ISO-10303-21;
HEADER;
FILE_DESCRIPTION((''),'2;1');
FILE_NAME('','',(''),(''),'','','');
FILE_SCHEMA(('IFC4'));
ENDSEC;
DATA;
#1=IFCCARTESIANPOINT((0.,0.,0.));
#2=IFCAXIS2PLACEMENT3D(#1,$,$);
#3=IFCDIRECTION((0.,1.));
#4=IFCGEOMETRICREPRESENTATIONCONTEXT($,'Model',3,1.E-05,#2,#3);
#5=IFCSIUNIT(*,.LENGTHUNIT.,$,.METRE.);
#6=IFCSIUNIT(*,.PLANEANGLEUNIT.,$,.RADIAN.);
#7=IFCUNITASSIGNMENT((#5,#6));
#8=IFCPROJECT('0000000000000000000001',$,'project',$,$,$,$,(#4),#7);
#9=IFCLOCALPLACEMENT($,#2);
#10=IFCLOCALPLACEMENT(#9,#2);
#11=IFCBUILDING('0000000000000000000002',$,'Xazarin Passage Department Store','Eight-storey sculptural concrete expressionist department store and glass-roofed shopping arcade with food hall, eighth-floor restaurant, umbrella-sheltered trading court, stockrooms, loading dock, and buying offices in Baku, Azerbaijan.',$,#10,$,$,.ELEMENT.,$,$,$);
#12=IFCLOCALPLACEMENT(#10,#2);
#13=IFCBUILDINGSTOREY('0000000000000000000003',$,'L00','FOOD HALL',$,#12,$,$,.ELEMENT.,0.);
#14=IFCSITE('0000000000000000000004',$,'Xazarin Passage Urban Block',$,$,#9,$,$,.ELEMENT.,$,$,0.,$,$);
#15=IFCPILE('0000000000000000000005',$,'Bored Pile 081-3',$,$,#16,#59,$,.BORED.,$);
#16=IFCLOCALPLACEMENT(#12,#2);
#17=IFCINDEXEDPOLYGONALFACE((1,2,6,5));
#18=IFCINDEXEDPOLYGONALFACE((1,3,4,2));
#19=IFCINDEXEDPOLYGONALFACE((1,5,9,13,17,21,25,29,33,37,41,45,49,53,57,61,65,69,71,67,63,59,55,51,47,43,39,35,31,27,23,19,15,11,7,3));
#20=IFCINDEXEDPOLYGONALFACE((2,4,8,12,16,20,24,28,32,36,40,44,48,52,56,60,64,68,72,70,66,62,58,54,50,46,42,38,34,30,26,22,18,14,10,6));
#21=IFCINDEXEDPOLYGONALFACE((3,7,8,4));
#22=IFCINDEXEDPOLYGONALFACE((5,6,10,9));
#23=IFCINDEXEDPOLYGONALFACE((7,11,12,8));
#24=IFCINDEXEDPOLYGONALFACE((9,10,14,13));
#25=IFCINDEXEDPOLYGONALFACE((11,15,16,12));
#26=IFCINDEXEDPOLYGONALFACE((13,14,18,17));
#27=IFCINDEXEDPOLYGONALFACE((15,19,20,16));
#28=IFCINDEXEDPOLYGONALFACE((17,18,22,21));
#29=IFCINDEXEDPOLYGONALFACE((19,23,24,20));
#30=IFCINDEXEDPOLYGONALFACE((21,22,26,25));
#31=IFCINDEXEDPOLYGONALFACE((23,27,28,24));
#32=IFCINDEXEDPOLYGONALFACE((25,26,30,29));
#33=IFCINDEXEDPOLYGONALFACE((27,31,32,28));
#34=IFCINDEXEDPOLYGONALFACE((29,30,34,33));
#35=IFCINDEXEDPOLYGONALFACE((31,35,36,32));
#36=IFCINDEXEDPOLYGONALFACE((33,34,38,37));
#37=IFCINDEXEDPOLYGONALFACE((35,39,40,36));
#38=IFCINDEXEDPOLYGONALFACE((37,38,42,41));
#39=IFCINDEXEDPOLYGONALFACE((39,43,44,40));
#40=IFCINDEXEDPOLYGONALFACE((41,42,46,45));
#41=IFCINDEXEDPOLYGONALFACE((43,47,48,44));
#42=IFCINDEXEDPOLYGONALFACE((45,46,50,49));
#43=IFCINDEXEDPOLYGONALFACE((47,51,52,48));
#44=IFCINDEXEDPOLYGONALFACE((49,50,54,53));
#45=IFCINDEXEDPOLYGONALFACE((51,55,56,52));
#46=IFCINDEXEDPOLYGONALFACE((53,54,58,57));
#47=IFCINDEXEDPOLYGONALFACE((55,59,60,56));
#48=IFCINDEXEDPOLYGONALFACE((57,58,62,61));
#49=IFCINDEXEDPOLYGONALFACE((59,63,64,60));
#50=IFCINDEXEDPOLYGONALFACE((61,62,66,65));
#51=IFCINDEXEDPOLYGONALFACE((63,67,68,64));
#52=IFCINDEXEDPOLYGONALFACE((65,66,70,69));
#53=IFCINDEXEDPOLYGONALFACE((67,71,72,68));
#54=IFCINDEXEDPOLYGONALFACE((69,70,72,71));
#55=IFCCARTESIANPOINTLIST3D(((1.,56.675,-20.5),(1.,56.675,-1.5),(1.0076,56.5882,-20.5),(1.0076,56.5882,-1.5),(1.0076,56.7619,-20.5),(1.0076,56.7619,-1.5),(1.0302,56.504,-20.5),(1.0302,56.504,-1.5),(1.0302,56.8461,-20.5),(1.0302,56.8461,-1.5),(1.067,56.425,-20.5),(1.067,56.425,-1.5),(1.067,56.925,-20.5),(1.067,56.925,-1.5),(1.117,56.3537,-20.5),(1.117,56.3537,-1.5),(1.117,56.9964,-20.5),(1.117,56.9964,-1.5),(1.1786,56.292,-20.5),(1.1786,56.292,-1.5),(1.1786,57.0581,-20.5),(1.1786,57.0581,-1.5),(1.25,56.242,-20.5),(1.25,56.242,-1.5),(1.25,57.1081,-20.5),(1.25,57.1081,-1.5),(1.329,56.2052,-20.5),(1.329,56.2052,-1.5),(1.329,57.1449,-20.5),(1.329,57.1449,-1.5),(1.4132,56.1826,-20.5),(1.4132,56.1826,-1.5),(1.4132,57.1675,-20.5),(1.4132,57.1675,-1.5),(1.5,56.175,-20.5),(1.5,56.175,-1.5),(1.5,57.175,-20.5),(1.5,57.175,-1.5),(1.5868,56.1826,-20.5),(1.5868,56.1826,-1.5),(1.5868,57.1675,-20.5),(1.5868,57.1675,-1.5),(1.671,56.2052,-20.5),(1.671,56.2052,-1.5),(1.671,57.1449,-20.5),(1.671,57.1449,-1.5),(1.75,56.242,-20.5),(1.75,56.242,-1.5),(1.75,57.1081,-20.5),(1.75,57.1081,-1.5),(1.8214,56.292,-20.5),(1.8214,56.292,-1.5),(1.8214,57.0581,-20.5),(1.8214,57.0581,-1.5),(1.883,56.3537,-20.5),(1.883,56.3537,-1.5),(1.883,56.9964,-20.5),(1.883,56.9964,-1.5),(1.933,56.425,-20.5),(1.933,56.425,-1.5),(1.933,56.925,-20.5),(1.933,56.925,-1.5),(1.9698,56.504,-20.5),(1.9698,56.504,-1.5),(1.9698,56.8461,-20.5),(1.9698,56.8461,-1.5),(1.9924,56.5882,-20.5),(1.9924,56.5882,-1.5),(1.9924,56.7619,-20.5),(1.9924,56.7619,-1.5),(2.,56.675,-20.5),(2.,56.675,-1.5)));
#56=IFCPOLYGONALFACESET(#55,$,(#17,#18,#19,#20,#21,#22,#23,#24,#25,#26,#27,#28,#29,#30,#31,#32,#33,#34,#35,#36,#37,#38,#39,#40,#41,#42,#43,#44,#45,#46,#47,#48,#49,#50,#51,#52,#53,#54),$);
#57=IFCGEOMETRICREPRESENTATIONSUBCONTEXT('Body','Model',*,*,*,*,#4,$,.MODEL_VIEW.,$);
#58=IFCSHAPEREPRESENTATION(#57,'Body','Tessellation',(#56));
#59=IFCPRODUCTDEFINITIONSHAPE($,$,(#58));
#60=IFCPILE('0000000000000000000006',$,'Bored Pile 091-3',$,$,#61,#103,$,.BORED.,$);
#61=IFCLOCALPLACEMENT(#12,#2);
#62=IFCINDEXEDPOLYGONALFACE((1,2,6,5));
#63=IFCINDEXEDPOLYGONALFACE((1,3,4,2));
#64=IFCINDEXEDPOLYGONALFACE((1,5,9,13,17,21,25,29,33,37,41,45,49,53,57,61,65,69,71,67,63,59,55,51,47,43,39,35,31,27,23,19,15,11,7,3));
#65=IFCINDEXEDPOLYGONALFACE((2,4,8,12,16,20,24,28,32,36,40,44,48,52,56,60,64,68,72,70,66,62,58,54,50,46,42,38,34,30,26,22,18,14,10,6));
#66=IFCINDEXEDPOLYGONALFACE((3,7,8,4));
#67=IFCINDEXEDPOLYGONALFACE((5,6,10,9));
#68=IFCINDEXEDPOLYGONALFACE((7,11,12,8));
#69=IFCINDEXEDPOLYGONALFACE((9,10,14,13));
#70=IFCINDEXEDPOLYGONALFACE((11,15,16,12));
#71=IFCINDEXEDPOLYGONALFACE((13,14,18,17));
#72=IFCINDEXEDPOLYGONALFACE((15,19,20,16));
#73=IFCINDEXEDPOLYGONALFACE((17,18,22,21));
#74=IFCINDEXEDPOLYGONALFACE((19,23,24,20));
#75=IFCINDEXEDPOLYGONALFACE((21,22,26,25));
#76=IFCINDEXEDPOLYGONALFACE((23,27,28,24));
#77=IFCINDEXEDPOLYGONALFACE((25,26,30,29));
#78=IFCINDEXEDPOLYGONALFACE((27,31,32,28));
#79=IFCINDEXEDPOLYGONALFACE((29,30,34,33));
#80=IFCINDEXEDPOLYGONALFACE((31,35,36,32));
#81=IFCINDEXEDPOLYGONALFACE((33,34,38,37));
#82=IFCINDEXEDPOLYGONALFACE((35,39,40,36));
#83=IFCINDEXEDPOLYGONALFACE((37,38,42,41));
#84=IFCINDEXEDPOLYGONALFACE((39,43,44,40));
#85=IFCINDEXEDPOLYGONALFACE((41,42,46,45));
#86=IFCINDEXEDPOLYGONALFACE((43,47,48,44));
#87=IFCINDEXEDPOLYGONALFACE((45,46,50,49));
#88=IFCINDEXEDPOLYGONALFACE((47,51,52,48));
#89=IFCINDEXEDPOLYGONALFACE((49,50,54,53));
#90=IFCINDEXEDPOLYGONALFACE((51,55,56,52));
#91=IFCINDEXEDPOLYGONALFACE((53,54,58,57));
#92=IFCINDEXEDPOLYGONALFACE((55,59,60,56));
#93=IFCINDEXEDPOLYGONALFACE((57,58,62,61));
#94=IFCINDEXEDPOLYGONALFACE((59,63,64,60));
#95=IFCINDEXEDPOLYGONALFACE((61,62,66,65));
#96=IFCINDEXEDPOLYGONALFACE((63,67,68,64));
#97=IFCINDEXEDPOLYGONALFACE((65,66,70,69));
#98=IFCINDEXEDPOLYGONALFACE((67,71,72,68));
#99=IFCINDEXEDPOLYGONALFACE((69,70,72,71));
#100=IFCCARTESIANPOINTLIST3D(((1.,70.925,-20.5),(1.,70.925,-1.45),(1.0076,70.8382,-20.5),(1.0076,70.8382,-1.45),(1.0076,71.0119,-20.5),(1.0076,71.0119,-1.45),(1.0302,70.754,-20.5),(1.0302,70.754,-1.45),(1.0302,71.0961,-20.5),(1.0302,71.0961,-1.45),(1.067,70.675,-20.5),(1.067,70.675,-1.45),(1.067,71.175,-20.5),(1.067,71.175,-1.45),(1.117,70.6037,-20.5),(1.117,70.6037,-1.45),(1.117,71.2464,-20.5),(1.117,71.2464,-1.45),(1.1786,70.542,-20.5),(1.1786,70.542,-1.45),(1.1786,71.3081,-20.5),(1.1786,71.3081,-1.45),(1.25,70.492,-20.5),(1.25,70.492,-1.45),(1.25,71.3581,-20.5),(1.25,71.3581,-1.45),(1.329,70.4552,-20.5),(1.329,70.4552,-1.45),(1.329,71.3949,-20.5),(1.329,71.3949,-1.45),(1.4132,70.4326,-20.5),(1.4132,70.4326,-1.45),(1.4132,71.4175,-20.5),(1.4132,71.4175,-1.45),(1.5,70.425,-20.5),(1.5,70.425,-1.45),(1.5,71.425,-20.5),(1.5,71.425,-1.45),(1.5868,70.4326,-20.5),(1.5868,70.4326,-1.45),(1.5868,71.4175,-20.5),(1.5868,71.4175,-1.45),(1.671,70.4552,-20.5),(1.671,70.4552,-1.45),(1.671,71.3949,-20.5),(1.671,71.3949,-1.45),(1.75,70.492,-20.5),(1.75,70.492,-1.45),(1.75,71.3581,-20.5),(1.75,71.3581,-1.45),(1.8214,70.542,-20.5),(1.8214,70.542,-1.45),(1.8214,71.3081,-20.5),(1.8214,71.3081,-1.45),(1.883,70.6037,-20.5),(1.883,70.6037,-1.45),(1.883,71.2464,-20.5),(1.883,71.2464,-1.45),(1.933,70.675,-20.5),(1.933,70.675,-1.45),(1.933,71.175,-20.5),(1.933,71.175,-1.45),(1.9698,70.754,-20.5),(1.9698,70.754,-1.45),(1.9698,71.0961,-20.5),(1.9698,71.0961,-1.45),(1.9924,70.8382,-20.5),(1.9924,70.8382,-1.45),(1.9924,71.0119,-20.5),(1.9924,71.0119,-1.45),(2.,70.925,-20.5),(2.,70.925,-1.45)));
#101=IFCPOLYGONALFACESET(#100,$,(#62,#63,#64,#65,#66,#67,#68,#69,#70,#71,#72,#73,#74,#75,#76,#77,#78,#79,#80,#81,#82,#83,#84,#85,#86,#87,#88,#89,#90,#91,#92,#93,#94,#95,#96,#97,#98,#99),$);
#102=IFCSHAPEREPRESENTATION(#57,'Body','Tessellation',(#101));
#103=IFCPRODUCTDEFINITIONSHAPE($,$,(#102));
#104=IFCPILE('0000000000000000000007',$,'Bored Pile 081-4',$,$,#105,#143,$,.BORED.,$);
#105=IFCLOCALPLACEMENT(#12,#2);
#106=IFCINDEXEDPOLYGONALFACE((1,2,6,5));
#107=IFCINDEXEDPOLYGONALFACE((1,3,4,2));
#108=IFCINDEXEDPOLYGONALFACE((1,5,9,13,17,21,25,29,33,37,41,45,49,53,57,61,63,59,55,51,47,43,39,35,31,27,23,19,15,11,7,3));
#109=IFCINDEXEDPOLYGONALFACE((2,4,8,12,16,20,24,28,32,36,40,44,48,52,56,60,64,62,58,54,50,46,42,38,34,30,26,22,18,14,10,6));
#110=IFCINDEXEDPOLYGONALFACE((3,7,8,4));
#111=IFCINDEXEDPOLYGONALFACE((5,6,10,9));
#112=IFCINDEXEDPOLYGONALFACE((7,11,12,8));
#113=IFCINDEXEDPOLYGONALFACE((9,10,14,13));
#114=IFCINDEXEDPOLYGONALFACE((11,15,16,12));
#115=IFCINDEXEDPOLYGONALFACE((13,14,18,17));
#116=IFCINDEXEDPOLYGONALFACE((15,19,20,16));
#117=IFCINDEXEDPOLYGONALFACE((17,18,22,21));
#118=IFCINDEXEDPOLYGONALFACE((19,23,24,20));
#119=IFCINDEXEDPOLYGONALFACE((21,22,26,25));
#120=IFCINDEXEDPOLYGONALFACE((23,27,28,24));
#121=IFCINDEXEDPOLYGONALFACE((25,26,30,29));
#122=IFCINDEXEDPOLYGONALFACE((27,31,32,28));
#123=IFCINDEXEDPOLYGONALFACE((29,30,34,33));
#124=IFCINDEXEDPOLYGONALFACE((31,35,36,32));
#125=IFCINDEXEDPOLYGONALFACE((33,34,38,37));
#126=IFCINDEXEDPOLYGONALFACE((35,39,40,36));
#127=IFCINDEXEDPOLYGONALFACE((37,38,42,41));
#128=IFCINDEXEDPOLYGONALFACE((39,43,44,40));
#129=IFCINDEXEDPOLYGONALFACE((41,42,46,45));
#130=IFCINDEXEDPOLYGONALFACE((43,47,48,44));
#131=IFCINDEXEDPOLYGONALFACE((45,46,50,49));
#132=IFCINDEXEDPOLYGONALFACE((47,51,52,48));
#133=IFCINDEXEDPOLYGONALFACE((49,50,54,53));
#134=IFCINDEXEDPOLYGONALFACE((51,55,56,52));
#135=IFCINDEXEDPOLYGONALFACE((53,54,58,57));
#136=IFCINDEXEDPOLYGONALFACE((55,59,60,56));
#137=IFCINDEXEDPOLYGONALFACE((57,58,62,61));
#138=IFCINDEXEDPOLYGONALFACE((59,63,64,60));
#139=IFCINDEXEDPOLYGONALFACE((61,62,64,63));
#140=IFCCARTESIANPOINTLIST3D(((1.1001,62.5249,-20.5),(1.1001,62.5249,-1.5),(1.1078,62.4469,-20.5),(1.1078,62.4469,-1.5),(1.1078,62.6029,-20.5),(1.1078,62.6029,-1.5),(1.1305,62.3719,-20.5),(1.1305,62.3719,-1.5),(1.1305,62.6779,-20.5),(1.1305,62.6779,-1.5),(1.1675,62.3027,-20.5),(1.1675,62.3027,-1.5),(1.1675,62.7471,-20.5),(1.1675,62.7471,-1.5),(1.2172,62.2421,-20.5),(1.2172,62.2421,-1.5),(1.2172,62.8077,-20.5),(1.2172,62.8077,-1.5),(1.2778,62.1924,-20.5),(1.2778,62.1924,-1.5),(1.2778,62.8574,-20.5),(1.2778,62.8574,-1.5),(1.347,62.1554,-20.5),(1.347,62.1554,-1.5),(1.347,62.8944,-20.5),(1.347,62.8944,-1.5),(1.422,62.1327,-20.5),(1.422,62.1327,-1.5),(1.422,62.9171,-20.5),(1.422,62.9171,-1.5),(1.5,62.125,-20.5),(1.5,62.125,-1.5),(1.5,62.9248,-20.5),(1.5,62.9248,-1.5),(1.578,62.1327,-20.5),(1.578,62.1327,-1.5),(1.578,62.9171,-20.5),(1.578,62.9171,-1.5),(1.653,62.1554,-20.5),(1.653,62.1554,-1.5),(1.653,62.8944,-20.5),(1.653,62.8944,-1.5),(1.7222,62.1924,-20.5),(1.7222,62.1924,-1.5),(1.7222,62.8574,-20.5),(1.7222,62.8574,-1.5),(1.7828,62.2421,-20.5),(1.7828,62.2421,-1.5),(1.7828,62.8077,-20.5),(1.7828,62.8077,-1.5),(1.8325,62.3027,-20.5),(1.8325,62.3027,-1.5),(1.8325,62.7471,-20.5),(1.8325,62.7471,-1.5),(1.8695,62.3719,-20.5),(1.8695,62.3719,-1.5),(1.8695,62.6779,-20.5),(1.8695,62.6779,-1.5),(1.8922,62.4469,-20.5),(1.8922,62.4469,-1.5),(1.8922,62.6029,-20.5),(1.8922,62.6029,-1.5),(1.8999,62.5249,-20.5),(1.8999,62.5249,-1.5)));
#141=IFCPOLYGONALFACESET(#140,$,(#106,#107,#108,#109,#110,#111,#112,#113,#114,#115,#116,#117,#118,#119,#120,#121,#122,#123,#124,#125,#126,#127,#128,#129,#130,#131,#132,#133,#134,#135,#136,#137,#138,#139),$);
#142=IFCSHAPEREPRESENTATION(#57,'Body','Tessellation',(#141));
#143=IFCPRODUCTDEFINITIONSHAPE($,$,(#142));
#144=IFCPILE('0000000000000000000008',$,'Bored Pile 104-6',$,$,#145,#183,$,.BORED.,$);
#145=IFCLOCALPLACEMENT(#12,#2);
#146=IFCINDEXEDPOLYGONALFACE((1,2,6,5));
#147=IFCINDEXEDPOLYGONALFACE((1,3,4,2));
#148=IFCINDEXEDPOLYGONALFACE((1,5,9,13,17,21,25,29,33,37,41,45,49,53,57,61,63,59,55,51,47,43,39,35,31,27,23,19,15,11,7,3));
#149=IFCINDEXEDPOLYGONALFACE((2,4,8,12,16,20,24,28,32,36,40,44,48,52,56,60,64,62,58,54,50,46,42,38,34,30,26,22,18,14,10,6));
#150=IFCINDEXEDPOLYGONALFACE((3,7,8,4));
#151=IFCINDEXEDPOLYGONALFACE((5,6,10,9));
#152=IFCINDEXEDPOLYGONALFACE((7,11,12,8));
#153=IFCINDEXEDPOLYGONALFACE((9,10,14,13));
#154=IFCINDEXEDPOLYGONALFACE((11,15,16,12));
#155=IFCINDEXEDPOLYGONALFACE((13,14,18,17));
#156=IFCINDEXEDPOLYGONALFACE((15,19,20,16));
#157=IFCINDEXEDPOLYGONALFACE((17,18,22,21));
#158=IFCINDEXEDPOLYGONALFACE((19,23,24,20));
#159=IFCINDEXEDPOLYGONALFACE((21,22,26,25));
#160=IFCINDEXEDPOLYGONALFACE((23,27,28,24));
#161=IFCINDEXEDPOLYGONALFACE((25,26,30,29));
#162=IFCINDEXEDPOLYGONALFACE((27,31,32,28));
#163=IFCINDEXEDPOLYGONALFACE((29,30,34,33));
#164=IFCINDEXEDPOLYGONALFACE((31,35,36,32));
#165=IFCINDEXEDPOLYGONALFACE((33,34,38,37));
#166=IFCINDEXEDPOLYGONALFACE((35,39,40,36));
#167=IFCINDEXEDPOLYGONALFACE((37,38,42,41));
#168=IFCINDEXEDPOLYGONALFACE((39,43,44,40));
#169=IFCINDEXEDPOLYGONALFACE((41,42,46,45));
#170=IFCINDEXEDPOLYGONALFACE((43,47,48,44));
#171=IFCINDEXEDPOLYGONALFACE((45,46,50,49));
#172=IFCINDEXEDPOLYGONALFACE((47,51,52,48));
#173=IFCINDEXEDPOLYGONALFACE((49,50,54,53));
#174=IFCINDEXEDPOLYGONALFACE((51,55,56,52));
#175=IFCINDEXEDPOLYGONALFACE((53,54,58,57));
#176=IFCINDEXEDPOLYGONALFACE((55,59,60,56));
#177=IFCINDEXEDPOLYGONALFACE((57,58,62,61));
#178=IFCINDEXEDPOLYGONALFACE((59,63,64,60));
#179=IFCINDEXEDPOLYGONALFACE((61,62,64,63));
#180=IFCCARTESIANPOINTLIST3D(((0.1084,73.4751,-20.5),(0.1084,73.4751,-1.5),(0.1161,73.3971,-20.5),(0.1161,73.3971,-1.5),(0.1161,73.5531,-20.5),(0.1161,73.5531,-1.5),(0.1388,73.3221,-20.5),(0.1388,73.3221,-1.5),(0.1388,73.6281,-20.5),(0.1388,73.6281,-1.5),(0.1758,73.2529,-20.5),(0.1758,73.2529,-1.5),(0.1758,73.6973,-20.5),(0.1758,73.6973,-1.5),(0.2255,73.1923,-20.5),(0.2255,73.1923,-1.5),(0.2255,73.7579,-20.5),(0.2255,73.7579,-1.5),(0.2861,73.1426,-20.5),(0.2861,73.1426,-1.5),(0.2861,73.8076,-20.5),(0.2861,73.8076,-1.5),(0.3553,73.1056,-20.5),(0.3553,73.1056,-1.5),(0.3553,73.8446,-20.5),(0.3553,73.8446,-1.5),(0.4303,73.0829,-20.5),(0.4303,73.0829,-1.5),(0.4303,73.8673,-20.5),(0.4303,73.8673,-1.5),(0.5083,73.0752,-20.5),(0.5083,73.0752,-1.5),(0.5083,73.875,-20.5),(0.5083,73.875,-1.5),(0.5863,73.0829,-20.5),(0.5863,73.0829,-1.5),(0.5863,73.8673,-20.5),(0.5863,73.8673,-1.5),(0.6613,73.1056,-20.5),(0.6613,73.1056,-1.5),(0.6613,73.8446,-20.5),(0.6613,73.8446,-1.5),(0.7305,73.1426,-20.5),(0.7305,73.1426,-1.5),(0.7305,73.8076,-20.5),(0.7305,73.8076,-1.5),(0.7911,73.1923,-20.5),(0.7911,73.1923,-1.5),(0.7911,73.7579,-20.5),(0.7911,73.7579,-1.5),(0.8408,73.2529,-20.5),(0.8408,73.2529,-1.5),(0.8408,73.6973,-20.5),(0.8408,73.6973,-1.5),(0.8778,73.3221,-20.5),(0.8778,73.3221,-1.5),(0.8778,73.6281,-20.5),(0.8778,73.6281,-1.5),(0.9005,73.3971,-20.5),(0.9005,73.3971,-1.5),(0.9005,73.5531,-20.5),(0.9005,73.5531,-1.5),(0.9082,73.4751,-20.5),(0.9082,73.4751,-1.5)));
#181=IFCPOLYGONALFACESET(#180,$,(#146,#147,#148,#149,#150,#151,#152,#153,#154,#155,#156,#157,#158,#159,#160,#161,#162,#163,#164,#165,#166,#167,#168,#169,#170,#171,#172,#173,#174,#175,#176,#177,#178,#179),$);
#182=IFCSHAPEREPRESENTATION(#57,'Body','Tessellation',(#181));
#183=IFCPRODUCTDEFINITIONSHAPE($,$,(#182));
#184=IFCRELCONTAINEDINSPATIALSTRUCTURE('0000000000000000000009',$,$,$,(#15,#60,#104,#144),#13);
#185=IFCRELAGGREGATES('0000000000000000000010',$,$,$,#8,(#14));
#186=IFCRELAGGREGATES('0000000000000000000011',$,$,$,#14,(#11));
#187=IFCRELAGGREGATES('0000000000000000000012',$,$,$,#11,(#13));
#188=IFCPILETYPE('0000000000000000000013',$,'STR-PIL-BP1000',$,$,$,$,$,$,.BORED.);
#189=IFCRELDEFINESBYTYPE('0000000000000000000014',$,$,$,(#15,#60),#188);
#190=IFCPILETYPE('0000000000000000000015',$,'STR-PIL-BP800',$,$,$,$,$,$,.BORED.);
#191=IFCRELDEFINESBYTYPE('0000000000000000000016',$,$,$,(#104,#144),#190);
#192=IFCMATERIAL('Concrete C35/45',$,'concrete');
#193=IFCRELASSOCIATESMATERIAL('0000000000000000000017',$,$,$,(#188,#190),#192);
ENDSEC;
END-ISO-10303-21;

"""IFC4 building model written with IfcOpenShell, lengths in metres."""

from ifc_helpers import new_model, si_unit, direction, frame, origin, origin_2d, place, context, subcontext, project, spatial, circle, extrude, material, material_profile, profile_set, type_object, element, save


model = new_model("IFC4")

# Units and contexts
model_context = context("Model", 3, precision=1e-05, world=origin(), true_north=direction((0.0, 1.0)))
body_context = subcontext(model_context, "Body", "Model", "MODEL_VIEW")
ifc_project = project(units=[si_unit("LENGTHUNIT", "METRE"), si_unit("PLANEANGLEUNIT", "RADIAN")], contexts=[model_context])

# Site, building, storey
site_placement = place(None, origin())
site = spatial("IfcSite", under=ifc_project, at=site_placement, Name="Xazarin Passage Urban Block", CompositionType="ELEMENT", RefElevation=0.0)
building_placement = place(site_placement, origin())
building = spatial("IfcBuilding", under=site, at=building_placement, Name="Xazarin Passage Department Store", Description="Eight-storey sculptural concrete expressionist department store and glass-roofed shopping arcade with food hall, eighth-floor restaurant, umbrella-sheltered trading court, stockrooms, loading dock, and buying offices in Baku, Azerbaijan.", CompositionType="ELEMENT")
storey_placement = place(building_placement, origin())
storey = spatial("IfcBuildingStorey", under=building, at=storey_placement, Name="L00", Description="FOOD HALL", CompositionType="ELEMENT", Elevation=0.0)

# Shared definitions
ifc_material_1 = material(Name="Concrete C35/45", Category="concrete")

# Piles
ifc_material_profile_1 = material_profile(ifc_material_1, circle(Radius=0.5, at=origin_2d()), Name="BP 1000")
ifc_profile_set_1 = profile_set([ifc_material_profile_1], Name="Concrete C35/45")
pile_type_1 = type_object("IfcPileType", Name="STR-PIL-BP1000", PredefinedType="BORED", material=ifc_profile_set_1)
for number, where, z_axis, x_axis, name in (
    (1, (1.5, 56.675, -1.5), (0.0, 0.0, -1.0), (1.0, 0.0, 0.0), "Bored Pile 081-3"),
):
    element("IfcPile", number, at=place(storey_placement, frame(where, z_axis=z_axis, x_axis=x_axis)), inside=storey, type_object=pile_type_1, Name=name, PredefinedType="BORED", context=body_context, shape_type="SweptSolid", body=[
        extrude(circle(Radius=0.5, at=origin_2d()), origin(), (0.0, 0.0, 1.0), 19.0),
    ])
pile_placement = place(storey_placement, frame((1.5, 70.925, -1.45), z_axis=(0.0, 0.0, -1.0), x_axis=(1.0, 0.0, 0.0)))
element("IfcPile", 2, at=pile_placement, inside=storey, type_object=pile_type_1, Name="Bored Pile 091-3", PredefinedType="BORED", context=body_context, shape_type="SweptSolid", body=[
    extrude(circle(Radius=0.5, at=origin_2d()), origin(), (0.0, 0.0, 1.0), 19.05),
])
ifc_material_profile_2 = material_profile(ifc_material_1, circle(Radius=0.3999, at=origin_2d()), Name="BP 800")
ifc_profile_set_2 = profile_set([ifc_material_profile_2], Name="Concrete C35/45")
pile_type_2 = type_object("IfcPileType", Name="STR-PIL-BP800", PredefinedType="BORED", material=ifc_profile_set_2)
for number, where, z_axis, x_axis, name in (
    (3, (1.5, 62.5249, -1.5), (0.0, 0.0, -1.0), (1.0, 0.0, 0.0), "Bored Pile 081-4"),
    (4, (0.5083, 73.4751, -1.5), (0.0, 0.0, -1.0), (1.0, 0.0, 0.0), "Bored Pile 104-6"),
):
    element("IfcPile", number, at=place(storey_placement, frame(where, z_axis=z_axis, x_axis=x_axis)), inside=storey, type_object=pile_type_2, Name=name, PredefinedType="BORED", context=body_context, shape_type="SweptSolid", body=[
        extrude(circle(Radius=0.3999, at=origin_2d()), origin(), (0.0, 0.0, 1.0), 19.0),
    ])

save(model, "model.ifc")
